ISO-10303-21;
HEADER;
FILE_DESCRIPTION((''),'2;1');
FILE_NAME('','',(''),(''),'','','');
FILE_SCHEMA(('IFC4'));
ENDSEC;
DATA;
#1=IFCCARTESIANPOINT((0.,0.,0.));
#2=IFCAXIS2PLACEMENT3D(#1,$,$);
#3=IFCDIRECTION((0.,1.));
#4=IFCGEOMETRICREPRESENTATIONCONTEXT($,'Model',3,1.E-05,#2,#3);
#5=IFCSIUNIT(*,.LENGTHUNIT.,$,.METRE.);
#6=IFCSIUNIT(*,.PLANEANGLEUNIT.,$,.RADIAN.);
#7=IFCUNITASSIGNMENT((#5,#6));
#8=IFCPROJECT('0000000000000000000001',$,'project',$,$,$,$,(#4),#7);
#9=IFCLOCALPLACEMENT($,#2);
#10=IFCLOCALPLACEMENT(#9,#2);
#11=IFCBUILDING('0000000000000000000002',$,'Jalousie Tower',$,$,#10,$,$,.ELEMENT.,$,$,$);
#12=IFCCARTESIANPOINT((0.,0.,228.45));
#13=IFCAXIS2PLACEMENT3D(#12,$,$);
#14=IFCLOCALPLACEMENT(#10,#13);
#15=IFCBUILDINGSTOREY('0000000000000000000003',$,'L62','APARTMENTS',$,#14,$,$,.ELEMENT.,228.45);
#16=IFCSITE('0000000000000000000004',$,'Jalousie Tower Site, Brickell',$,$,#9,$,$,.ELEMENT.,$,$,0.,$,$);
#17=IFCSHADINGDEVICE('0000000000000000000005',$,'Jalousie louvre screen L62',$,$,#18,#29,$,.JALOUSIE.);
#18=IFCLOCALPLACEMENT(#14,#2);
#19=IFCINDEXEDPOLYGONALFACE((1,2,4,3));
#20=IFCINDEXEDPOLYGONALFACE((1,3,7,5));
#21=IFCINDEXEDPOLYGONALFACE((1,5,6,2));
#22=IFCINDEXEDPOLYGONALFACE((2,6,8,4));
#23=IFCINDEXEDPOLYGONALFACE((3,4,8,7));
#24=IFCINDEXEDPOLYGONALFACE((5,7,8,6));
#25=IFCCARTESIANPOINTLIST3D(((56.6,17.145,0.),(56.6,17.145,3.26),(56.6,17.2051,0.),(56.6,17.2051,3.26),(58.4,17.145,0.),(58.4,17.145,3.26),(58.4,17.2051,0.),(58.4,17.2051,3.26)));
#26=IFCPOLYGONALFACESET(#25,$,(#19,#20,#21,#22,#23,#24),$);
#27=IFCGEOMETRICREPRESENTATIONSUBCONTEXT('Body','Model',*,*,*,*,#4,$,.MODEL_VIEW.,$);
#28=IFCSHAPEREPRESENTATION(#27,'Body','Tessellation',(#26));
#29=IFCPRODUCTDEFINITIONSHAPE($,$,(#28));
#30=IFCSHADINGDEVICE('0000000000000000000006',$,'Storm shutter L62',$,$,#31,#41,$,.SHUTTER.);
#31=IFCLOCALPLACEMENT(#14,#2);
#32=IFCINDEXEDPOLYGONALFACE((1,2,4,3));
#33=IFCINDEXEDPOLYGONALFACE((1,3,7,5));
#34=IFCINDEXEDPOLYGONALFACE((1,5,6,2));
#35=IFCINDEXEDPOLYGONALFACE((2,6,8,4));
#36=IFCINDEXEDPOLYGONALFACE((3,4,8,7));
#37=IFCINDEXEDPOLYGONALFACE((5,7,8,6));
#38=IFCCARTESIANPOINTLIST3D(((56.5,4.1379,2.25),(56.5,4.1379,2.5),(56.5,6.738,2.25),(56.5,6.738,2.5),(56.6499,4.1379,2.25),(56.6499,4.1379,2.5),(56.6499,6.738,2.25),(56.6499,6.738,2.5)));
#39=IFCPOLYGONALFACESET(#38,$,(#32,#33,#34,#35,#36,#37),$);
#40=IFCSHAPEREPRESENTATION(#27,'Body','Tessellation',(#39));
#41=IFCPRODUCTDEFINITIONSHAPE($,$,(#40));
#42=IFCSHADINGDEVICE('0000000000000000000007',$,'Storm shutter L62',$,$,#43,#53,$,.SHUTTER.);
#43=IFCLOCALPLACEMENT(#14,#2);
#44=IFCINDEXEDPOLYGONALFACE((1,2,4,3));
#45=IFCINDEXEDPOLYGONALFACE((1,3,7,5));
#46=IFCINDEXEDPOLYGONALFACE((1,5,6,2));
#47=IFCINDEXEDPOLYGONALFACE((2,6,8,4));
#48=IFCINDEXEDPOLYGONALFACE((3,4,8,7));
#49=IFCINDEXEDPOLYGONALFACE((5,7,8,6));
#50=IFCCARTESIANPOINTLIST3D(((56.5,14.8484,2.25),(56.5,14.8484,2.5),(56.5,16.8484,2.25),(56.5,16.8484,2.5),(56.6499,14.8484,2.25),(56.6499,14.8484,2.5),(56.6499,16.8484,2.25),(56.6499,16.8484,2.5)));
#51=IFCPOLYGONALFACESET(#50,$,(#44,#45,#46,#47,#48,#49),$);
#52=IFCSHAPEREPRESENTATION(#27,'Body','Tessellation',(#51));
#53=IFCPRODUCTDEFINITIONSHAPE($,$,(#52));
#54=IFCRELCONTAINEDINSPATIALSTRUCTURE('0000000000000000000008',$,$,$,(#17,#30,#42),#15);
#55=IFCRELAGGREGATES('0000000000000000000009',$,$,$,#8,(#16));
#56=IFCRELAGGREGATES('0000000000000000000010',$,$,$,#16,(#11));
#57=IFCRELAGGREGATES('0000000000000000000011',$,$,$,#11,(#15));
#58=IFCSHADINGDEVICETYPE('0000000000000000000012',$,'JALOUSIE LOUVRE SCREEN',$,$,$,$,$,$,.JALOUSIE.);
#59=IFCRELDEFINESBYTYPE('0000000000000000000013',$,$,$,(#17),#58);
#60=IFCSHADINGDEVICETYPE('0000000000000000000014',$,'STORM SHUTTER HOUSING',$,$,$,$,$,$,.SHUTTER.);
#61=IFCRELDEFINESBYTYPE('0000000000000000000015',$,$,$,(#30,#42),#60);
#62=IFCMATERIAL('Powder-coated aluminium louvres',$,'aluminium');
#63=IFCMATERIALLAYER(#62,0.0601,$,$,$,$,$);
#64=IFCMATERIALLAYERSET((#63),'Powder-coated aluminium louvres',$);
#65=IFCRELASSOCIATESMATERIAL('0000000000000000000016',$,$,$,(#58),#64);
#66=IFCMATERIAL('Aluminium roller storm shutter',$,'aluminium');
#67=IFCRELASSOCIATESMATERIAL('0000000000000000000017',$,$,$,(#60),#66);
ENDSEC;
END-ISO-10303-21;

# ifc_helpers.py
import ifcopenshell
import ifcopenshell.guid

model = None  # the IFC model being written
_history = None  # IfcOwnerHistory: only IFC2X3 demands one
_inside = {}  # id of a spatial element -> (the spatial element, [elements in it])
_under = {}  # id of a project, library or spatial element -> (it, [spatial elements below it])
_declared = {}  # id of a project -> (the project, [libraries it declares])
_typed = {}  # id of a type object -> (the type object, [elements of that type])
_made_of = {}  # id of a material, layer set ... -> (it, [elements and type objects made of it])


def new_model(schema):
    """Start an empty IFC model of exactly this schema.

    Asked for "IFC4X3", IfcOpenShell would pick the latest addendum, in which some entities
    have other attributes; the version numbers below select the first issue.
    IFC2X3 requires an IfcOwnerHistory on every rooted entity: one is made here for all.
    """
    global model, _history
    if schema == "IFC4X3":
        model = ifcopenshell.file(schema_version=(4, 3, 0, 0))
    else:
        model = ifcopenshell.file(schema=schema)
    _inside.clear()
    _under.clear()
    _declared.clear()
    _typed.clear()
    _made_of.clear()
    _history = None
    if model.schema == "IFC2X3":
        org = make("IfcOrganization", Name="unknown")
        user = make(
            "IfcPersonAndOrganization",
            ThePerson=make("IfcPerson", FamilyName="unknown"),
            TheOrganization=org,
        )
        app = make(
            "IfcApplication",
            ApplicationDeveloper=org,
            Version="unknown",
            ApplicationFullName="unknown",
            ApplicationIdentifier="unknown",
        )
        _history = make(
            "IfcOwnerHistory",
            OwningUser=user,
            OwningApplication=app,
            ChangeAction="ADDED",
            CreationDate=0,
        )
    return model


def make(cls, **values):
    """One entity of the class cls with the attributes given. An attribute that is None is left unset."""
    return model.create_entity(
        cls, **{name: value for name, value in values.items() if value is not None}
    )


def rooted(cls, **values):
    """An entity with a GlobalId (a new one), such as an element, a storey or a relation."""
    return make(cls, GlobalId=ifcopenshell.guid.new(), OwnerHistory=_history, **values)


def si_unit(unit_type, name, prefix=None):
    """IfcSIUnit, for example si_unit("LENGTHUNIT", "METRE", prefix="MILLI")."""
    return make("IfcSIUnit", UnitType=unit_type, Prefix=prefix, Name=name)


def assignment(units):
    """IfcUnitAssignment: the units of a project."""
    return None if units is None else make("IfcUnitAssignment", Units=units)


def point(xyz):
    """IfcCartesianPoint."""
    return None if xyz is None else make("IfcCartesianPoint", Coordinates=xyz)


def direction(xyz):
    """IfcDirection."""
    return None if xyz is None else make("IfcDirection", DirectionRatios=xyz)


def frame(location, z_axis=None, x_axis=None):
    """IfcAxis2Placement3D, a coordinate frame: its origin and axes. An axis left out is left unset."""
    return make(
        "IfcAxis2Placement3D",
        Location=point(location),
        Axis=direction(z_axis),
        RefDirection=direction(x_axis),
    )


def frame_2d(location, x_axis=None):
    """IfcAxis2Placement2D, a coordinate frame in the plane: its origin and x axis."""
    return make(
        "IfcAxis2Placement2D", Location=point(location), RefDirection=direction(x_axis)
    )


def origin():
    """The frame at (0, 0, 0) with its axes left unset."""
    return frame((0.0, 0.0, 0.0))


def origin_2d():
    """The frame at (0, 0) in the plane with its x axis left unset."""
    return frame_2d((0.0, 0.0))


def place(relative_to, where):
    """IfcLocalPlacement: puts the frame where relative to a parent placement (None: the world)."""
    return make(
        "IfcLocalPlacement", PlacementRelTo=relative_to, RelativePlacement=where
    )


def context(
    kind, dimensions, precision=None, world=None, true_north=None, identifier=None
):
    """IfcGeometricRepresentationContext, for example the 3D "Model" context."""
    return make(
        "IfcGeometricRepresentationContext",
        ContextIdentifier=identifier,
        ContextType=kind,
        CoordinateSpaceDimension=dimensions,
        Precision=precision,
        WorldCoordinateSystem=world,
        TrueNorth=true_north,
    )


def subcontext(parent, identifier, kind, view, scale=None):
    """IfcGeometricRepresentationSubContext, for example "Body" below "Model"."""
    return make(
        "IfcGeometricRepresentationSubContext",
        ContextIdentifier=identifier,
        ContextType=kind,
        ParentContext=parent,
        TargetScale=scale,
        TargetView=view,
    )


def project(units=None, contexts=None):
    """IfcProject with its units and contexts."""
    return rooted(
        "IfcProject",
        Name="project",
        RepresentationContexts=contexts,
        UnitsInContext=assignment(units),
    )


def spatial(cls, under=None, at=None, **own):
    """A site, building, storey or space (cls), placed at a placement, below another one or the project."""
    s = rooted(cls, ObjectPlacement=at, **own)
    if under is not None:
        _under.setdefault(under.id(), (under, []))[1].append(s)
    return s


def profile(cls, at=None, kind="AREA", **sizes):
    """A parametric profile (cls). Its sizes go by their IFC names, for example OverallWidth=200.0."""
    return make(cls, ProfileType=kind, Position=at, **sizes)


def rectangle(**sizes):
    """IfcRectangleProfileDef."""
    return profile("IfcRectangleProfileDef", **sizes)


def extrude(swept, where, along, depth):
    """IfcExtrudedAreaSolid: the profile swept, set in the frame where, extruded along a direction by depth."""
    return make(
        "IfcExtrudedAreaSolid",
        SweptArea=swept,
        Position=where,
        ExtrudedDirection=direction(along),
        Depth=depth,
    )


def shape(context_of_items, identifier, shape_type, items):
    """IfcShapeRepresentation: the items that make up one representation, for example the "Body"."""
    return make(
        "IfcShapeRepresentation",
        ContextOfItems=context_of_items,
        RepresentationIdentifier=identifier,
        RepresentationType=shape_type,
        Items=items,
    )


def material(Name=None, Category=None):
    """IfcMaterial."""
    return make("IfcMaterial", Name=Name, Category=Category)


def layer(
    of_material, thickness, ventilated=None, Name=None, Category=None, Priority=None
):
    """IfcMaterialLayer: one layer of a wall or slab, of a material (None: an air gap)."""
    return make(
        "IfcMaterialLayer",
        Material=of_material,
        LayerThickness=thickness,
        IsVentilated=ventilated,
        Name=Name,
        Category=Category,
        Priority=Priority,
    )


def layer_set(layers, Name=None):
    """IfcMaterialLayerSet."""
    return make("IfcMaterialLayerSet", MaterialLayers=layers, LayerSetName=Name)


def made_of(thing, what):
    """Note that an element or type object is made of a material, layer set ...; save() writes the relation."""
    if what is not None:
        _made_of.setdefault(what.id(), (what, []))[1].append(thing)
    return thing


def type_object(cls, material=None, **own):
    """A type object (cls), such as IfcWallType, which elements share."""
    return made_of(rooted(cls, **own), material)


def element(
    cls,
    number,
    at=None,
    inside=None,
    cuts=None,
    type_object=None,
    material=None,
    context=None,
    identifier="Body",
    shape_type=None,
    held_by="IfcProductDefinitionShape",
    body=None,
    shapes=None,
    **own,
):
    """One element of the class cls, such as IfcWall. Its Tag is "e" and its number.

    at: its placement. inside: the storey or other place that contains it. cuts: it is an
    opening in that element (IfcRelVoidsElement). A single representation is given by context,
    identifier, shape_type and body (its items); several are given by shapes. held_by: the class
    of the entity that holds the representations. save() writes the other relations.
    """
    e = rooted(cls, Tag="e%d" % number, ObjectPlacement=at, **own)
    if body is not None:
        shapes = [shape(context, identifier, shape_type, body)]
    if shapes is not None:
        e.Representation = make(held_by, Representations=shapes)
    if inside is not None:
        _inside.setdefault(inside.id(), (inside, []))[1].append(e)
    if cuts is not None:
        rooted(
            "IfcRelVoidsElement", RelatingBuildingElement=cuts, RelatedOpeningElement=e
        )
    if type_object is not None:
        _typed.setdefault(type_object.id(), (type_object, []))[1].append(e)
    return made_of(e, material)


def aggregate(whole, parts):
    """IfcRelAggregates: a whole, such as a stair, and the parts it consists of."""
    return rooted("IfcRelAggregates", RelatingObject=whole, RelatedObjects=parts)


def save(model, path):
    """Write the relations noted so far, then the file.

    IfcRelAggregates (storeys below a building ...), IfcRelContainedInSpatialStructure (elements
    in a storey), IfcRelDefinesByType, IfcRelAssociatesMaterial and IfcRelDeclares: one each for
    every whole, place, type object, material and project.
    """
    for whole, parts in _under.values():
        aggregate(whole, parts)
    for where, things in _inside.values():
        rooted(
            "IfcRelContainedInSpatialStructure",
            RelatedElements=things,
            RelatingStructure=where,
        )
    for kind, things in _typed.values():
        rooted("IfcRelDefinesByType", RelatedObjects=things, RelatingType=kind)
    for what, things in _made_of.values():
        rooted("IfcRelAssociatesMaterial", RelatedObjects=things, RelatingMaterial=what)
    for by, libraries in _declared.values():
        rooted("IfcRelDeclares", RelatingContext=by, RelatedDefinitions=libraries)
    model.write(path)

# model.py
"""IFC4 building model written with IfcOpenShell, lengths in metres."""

from ifc_helpers import new_model, si_unit, direction, frame, origin, origin_2d, place, context, subcontext, project, spatial, rectangle, extrude, material, layer, layer_set, type_object, element, save


model = new_model("IFC4")

# Units and contexts
model_context = context("Model", 3, precision=1e-05, world=origin(), true_north=direction((0.0, 1.0)))
body_context = subcontext(model_context, "Body", "Model", "MODEL_VIEW")
ifc_project = project(units=[si_unit("LENGTHUNIT", "METRE"), si_unit("PLANEANGLEUNIT", "RADIAN")], contexts=[model_context])

# Site, building, storey
site_placement = place(None, origin())
site = spatial("IfcSite", under=ifc_project, at=site_placement, Name="Jalousie Tower Site, Brickell", CompositionType="ELEMENT", RefElevation=0.0)
building_placement = place(site_placement, origin())
building = spatial("IfcBuilding", under=site, at=building_placement, Name="Jalousie Tower", CompositionType="ELEMENT")
storey_placement = place(building_placement, frame((0.0, 0.0, 228.45)))
storey = spatial("IfcBuildingStorey", under=building, at=storey_placement, Name="L62", Description="APARTMENTS", CompositionType="ELEMENT", Elevation=228.45)

# Shading devices
ifc_material_1 = material(Name="Powder-coated aluminium louvres", Category="aluminium")
ifc_layer_1 = layer(ifc_material_1, 0.0601)
ifc_layer_set_1 = layer_set([ifc_layer_1], Name="Powder-coated aluminium louvres")
shading_device_type_1 = type_object("IfcShadingDeviceType", Name="JALOUSIE LOUVRE SCREEN", PredefinedType="JALOUSIE", material=ifc_layer_set_1)
shading_device_1_placement = place(storey_placement, frame((57.5, 17.175, 0.0), z_axis=(0.0, 0.0, 1.0), x_axis=(0.0, 1.0, 0.0)))
element("IfcShadingDevice", 1, at=shading_device_1_placement, inside=storey, type_object=shading_device_type_1, Name="Jalousie louvre screen L62", PredefinedType="JALOUSIE", context=body_context, shape_type="SweptSolid", body=[
    extrude(rectangle(XDim=0.0601, YDim=1.8, at=origin_2d()), origin(), (0.0, 0.0, 1.0), 3.26),
])
ifc_material_2 = material(Name="Aluminium roller storm shutter", Category="aluminium")
shading_device_type_2 = type_object("IfcShadingDeviceType", Name="STORM SHUTTER HOUSING", PredefinedType="SHUTTER", material=ifc_material_2)
shading_device_2_placement = place(storey_placement, frame((56.575, 5.438, 2.25), z_axis=(0.0, 0.0, 1.0), x_axis=(0.0, 1.0, 0.0)))
element("IfcShadingDevice", 2, at=shading_device_2_placement, inside=storey, type_object=shading_device_type_2, Name="Storm shutter L62", PredefinedType="SHUTTER", context=body_context, shape_type="SweptSolid", body=[
    extrude(rectangle(XDim=2.6001, YDim=0.1499, at=origin_2d()), origin(), (0.0, 0.0, 1.0), 0.25),
])
shading_device_3_placement = place(storey_placement, frame((56.575, 15.8484, 2.25), z_axis=(0.0, 0.0, 1.0), x_axis=(0.0, 1.0, 0.0)))
element("IfcShadingDevice", 3, at=shading_device_3_placement, inside=storey, type_object=shading_device_type_2, Name="Storm shutter L62", PredefinedType="SHUTTER", context=body_context, shape_type="SweptSolid", body=[
    extrude(rectangle(XDim=2.0, YDim=0.1499, at=origin_2d()), origin(), (0.0, 0.0, 1.0), 0.25),
])

save(model, "model.ifc")
